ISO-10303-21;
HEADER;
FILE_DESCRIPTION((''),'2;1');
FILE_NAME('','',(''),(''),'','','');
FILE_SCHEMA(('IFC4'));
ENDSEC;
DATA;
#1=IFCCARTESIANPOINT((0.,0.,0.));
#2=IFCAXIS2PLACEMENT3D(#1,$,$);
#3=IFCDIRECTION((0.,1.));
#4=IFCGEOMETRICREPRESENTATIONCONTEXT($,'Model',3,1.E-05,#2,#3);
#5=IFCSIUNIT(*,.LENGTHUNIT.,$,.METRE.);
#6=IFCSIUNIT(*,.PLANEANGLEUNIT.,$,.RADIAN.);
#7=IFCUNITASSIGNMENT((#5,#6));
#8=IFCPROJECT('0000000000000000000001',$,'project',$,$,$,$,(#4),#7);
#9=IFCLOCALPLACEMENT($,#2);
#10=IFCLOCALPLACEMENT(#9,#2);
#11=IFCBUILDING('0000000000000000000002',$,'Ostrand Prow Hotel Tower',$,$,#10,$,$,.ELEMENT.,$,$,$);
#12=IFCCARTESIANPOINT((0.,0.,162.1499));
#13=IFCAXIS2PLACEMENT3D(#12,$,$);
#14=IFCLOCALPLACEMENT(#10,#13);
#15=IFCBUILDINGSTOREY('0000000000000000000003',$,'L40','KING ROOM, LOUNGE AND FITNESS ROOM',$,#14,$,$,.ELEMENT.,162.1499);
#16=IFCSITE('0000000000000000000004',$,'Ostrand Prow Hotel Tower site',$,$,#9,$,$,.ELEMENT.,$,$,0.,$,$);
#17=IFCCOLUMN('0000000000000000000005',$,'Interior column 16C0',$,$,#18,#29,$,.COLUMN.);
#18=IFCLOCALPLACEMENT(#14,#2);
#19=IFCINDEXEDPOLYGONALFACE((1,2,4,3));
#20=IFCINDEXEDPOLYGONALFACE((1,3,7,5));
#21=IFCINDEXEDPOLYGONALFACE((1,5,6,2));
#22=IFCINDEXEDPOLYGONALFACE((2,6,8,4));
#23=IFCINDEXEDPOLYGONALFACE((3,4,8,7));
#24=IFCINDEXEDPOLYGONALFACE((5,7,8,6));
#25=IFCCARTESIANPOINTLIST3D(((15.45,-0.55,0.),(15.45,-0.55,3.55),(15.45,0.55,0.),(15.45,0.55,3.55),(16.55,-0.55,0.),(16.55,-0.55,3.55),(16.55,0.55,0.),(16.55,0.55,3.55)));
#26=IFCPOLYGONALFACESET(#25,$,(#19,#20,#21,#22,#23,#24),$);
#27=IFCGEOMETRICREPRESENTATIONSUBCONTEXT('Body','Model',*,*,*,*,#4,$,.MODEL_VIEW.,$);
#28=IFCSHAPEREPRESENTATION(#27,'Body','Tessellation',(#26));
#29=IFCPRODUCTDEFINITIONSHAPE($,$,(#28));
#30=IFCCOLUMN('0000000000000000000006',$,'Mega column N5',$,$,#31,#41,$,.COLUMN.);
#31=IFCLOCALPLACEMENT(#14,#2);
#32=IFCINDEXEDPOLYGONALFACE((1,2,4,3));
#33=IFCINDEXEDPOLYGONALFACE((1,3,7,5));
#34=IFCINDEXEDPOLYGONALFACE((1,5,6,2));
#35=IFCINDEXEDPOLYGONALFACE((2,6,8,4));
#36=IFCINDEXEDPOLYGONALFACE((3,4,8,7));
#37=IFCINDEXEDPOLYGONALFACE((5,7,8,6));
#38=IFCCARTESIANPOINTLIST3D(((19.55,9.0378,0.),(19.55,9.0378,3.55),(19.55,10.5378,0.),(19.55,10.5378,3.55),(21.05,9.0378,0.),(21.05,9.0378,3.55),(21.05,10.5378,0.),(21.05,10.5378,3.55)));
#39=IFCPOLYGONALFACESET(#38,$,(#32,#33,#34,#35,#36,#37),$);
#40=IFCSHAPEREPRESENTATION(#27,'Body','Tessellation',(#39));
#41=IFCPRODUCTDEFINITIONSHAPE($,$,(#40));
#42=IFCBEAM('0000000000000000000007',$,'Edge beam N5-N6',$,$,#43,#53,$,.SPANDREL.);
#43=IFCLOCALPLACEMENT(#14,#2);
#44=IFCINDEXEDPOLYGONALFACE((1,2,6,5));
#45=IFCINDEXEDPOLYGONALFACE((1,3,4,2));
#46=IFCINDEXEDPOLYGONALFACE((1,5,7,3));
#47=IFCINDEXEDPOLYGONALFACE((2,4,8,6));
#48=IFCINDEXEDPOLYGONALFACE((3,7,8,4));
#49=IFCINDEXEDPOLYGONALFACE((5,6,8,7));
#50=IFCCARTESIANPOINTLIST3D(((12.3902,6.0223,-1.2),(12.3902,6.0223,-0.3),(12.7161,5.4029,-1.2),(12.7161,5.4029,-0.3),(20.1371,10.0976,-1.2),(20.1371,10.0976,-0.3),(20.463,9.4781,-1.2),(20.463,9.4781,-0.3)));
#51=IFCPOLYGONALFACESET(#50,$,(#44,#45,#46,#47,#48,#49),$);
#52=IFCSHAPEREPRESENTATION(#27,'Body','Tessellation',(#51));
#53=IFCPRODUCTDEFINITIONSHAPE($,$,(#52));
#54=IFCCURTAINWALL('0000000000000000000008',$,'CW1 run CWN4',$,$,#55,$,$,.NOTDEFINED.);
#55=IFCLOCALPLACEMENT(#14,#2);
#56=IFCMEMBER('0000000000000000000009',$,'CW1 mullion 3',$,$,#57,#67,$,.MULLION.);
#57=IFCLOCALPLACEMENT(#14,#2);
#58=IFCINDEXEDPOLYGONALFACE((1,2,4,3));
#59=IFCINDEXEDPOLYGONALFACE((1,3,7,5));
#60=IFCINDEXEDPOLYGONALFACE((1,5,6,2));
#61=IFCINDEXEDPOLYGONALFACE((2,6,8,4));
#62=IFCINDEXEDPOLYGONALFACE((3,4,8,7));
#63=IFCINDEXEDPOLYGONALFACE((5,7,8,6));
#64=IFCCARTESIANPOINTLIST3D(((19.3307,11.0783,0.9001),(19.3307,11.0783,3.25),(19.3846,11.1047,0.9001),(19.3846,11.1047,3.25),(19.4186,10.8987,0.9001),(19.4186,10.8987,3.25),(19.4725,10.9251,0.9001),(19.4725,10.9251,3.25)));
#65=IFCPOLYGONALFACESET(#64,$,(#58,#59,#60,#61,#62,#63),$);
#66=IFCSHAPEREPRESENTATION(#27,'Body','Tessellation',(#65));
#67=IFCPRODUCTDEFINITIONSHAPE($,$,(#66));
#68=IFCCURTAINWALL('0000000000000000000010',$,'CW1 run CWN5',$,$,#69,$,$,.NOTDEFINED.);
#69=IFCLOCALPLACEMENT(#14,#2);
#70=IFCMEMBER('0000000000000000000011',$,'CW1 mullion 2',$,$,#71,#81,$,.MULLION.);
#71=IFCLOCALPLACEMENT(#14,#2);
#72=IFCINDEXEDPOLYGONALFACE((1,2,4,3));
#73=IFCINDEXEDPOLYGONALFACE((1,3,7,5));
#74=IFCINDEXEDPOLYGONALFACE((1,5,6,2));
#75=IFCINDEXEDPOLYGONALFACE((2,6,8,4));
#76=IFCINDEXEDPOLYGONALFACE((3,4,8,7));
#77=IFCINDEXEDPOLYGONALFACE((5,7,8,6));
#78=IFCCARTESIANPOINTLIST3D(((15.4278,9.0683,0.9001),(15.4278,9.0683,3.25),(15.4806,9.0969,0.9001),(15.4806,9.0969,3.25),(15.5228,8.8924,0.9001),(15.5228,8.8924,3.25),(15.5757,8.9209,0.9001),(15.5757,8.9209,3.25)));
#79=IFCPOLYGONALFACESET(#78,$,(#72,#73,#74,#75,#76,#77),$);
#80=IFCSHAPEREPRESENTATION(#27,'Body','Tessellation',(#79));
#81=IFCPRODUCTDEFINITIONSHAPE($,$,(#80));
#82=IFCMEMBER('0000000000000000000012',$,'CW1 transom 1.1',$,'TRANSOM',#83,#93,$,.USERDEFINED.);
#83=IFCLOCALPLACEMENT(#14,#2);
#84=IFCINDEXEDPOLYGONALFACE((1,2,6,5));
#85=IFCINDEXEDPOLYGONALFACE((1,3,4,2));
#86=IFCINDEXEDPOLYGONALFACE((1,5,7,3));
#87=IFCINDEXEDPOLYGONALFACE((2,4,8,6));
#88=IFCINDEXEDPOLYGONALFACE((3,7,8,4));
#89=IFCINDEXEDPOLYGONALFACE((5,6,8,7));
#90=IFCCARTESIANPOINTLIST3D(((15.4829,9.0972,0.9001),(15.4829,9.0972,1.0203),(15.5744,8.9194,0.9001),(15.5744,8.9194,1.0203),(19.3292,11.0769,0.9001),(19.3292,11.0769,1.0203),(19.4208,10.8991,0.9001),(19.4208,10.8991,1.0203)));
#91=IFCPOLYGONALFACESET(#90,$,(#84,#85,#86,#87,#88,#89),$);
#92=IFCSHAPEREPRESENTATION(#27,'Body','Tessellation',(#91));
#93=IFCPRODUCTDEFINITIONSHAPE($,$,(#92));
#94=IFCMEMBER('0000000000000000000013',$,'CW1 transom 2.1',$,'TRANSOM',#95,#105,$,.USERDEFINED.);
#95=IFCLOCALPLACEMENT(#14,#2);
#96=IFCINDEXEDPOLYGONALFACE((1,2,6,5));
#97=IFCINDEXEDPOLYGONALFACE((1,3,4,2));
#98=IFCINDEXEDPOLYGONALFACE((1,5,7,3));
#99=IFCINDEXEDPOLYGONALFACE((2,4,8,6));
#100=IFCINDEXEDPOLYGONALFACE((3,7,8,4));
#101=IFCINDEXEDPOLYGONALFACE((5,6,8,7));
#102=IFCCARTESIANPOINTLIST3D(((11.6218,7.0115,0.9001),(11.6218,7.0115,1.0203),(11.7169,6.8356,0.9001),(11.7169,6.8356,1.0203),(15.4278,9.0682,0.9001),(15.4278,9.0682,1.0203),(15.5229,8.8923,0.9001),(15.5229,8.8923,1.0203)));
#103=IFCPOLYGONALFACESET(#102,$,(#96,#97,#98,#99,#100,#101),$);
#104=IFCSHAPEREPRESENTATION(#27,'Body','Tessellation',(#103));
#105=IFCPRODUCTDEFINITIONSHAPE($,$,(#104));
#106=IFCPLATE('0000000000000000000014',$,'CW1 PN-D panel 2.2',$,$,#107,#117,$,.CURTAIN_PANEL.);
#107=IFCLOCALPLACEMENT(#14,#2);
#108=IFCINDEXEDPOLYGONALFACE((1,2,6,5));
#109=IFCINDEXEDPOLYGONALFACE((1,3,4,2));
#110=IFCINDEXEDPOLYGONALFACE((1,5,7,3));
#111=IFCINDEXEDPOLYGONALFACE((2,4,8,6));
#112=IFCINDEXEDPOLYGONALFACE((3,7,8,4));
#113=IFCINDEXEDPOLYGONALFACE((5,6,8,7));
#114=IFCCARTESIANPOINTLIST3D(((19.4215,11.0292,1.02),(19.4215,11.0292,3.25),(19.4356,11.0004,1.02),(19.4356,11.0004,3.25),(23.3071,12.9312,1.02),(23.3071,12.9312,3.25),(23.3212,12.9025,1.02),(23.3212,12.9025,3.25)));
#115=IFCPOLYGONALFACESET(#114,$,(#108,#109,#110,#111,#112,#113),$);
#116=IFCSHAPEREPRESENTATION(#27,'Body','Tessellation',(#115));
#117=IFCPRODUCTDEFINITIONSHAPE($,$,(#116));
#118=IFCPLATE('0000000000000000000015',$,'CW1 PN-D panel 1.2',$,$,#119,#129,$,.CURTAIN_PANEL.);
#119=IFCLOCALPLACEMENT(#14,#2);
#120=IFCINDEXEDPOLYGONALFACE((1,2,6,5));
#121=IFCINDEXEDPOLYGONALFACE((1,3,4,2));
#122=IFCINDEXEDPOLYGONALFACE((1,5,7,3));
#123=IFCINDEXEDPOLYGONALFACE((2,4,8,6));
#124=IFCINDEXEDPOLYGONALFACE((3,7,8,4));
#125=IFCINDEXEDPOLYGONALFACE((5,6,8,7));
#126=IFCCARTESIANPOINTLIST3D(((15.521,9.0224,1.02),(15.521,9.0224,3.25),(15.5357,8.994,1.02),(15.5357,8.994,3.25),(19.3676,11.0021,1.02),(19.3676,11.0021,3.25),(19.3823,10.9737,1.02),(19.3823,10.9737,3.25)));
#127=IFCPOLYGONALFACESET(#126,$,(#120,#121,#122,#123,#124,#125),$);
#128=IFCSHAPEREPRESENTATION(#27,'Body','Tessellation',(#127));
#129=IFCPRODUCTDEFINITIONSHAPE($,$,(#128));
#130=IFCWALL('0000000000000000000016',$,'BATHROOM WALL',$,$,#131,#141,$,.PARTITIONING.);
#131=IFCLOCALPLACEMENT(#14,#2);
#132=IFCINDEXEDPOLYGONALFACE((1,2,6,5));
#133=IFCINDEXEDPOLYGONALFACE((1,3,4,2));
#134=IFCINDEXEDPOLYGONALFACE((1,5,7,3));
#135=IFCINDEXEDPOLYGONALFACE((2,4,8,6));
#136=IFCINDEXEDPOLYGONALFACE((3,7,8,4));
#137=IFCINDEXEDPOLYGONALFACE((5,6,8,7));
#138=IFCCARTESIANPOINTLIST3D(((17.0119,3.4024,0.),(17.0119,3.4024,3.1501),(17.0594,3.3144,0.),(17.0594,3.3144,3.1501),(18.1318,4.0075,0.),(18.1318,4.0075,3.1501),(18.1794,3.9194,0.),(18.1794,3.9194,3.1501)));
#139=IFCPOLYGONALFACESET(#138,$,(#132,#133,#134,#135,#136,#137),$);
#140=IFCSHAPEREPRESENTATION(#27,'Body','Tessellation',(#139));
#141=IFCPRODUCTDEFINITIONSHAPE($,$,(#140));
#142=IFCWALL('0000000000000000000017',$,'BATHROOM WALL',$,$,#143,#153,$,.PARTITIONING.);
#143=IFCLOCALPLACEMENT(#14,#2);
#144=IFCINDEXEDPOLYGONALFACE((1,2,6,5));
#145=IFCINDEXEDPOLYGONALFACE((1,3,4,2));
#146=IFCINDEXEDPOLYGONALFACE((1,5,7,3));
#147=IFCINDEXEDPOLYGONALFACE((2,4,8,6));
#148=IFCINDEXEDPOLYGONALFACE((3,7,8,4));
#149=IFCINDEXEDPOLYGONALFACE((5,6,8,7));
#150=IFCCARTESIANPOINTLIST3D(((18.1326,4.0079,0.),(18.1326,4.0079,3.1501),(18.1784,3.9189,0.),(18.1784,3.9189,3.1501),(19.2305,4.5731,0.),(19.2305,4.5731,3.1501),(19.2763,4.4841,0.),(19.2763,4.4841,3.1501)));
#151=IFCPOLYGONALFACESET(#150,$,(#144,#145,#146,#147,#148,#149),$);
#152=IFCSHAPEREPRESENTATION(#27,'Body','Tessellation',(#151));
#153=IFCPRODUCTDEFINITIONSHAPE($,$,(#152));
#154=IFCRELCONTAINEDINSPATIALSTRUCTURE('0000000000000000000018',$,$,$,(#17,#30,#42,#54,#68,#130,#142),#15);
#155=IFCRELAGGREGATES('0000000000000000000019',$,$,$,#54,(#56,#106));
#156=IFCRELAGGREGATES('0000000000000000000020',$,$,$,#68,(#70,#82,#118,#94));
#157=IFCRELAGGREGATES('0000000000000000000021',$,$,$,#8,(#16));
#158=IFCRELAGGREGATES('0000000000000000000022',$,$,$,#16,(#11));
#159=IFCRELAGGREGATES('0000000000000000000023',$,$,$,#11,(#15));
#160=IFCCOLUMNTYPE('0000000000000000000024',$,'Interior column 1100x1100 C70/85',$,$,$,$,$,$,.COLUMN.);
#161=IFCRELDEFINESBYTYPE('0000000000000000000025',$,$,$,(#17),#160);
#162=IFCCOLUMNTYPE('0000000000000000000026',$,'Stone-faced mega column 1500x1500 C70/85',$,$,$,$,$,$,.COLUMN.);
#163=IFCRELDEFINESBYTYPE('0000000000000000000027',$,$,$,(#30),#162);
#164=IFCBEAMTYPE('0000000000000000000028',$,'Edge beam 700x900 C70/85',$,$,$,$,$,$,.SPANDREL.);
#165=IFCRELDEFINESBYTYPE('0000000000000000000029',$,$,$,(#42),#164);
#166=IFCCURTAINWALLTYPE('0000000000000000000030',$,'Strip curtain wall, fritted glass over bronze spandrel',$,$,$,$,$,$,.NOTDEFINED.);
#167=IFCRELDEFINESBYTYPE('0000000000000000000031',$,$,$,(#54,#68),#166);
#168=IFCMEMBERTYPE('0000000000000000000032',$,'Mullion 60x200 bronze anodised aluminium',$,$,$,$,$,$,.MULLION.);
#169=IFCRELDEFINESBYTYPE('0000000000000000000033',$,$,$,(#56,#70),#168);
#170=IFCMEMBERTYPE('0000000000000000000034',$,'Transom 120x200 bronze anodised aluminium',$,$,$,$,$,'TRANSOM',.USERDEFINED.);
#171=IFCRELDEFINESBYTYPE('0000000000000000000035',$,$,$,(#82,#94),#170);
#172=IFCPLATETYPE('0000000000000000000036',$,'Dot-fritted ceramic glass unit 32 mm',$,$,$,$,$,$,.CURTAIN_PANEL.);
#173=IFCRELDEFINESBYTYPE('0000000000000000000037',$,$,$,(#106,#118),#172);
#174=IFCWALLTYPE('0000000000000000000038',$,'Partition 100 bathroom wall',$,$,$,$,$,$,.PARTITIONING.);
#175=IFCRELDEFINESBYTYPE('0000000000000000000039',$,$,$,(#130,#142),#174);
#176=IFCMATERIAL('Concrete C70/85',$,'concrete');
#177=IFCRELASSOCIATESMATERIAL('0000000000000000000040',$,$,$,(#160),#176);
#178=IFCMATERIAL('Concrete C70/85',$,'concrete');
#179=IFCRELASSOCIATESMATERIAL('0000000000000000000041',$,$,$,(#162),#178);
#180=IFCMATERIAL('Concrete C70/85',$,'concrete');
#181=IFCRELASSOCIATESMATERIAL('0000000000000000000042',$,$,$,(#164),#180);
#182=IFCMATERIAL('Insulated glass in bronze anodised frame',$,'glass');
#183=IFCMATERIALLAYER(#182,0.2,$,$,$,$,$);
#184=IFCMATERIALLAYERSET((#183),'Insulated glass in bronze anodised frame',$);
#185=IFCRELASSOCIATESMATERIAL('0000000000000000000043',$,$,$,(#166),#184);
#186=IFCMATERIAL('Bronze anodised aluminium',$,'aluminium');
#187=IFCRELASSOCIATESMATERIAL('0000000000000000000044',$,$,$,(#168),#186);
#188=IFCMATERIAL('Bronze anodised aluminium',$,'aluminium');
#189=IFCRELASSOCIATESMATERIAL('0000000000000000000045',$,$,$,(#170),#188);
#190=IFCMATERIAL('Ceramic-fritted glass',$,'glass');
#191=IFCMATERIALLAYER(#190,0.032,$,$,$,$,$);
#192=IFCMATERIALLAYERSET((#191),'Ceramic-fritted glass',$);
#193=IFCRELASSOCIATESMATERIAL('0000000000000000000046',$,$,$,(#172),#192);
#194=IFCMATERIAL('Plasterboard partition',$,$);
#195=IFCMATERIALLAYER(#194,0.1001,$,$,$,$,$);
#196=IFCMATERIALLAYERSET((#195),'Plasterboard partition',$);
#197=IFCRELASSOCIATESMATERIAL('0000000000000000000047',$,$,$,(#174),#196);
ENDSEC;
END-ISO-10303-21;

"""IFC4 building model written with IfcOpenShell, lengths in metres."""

from ifc_helpers import new_model, si_unit, direction, frame, frame_2d, origin, origin_2d, place, context, subcontext, project, spatial, rectangle, extrude, material, layer, layer_set, material_profile, profile_set, type_object, element, aggregate, save


model = new_model("IFC4")

# Units and contexts
model_context = context("Model", 3, precision=1e-05, world=origin(), true_north=direction((0.0, 1.0)))
body_context = subcontext(model_context, "Body", "Model", "MODEL_VIEW")
ifc_project = project(units=[si_unit("LENGTHUNIT", "METRE"), si_unit("PLANEANGLEUNIT", "RADIAN")], contexts=[model_context])

# Site, building, storey
site_placement = place(None, origin())
site = spatial("IfcSite", under=ifc_project, at=site_placement, Name="Ostrand Prow Hotel Tower site", CompositionType="ELEMENT", RefElevation=0.0)
building_placement = place(site_placement, origin())
building = spatial("IfcBuilding", under=site, at=building_placement, Name="Ostrand Prow Hotel Tower", CompositionType="ELEMENT")
storey_placement = place(building_placement, frame((0.0, 0.0, 162.1499)))
storey = spatial("IfcBuildingStorey", under=building, at=storey_placement, Name="L40", Description="KING ROOM, LOUNGE AND FITNESS ROOM", CompositionType="ELEMENT", Elevation=162.1499)

# Columns
ifc_material_1 = material(Name="Concrete C70/85", Category="concrete")
ifc_material_profile_1 = material_profile(ifc_material_1, rectangle(XDim=1.1001, YDim=1.1001, at=origin_2d()), Name="RC 1100x1100")
ifc_profile_set_1 = profile_set([ifc_material_profile_1], Name="Concrete C70/85")
column_type_1 = type_object("IfcColumnType", Name="Interior column 1100x1100 C70/85", PredefinedType="COLUMN", material=ifc_profile_set_1)
column_1_placement = place(storey_placement, frame((16.0, 0.0, 0.0), z_axis=(0.0, 0.0, 1.0), x_axis=(1.0, 0.0, 0.0)))
element("IfcColumn", 1, at=column_1_placement, inside=storey, type_object=column_type_1, Name="Interior column 16C0", PredefinedType="COLUMN", context=body_context, shape_type="SweptSolid", body=[
    extrude(rectangle(XDim=1.1001, YDim=1.1001, at=origin_2d()), origin(), (0.0, 0.0, 1.0), 3.55),
])
ifc_material_2 = material(Name="Concrete C70/85", Category="concrete")
ifc_material_profile_2 = material_profile(ifc_material_2, rectangle(XDim=1.5, YDim=1.5, at=origin_2d()), Name="RC 1500x1500")
ifc_profile_set_2 = profile_set([ifc_material_profile_2], Name="Concrete C70/85")
column_type_2 = type_object("IfcColumnType", Name="Stone-faced mega column 1500x1500 C70/85", PredefinedType="COLUMN", material=ifc_profile_set_2)
column_2_placement = place(storey_placement, frame((20.3, 9.7878, 0.0), z_axis=(0.0, 0.0, 1.0), x_axis=(1.0, 0.0, 0.0)))
element("IfcColumn", 2, at=column_2_placement, inside=storey, type_object=column_type_2, Name="Mega column N5", PredefinedType="COLUMN", context=body_context, shape_type="SweptSolid", body=[
    extrude(rectangle(XDim=1.5, YDim=1.5, at=origin_2d()), origin(), (0.0, 0.0, 1.0), 3.55),
])

# Beam
ifc_material_3 = material(Name="Concrete C70/85", Category="concrete")
ifc_material_profile_3 = material_profile(ifc_material_3, rectangle(XDim=0.7, YDim=0.8999, at=origin_2d()), Name="RC 700x900")
ifc_profile_set_3 = profile_set([ifc_material_profile_3], Name="Concrete C70/85")
beam_type = type_object("IfcBeamType", Name="Edge beam 700x900 C70/85", PredefinedType="SPANDREL", material=ifc_profile_set_3)
beam_placement = place(storey_placement, frame((20.3, 9.7878, -0.75), z_axis=(-0.885016, -0.46556, 0.0), x_axis=(0.46556, -0.885016, 0.0)))
element("IfcBeam", 3, at=beam_placement, inside=storey, type_object=beam_type, Name="Edge beam N5-N6", PredefinedType="SPANDREL", context=body_context, shape_type="SweptSolid", body=[
    extrude(rectangle(XDim=0.7, YDim=0.8999, at=origin_2d()), origin(), (0.0, 0.0, 1.0), 8.7534),
])

# Curtain wall, member
ifc_material_4 = material(Name="Insulated glass in bronze anodised frame", Category="glass")
ifc_layer_1 = layer(ifc_material_4, 0.2)
ifc_layer_set_1 = layer_set([ifc_layer_1], Name="Insulated glass in bronze anodised frame")
curtain_wall_type = type_object("IfcCurtainWallType", Name="Strip curtain wall, fritted glass over bronze spandrel", PredefinedType="NOTDEFINED", material=ifc_layer_set_1)
curtain_wall_1_placement = place(storey_placement, origin())
curtain_wall_1 = element("IfcCurtainWall", 4, at=curtain_wall_1_placement, inside=storey, type_object=curtain_wall_type, Name="CW1 run CWN4", PredefinedType="NOTDEFINED")
ifc_material_5 = material(Name="Bronze anodised aluminium", Category="aluminium")
ifc_material_profile_4 = material_profile(ifc_material_5, rectangle(XDim=0.2, YDim=0.0601, at=origin_2d()), Name="Mullion 60x200 bronze anodised aluminium")
ifc_profile_set_4 = profile_set([ifc_material_profile_4], Name="Bronze anodised aluminium")
member_type_1 = type_object("IfcMemberType", Name="Mullion 60x200 bronze anodised aluminium", PredefinedType="MULLION", material=ifc_profile_set_4)
member_1_placement = place(storey_placement, frame((19.4016, 11.0017, 0.9001), z_axis=(0.0, 0.0, 1.0), x_axis=(0.439659, -0.898165, 0.0)))
member_1 = element("IfcMember", 5, at=member_1_placement, type_object=member_type_1, Name="CW1 mullion 3", PredefinedType="MULLION", context=body_context, shape_type="SweptSolid", body=[
    extrude(rectangle(XDim=0.2, YDim=0.0601, at=origin_2d()), origin(), (0.0, 0.0, 1.0), 2.3499),
])

# Curtain wall, members
curtain_wall_2_placement = place(storey_placement, origin())
curtain_wall_2 = element("IfcCurtainWall", 6, at=curtain_wall_2_placement, inside=storey, type_object=curtain_wall_type, Name="CW1 run CWN5", PredefinedType="NOTDEFINED")
member_2_placement = place(storey_placement, frame((15.5017, 8.9946, 0.9001), z_axis=(0.0, 0.0, 1.0), x_axis=(0.475394, -0.879773, 0.0)))
member_2 = element("IfcMember", 7, at=member_2_placement, type_object=member_type_1, Name="CW1 mullion 2", PredefinedType="MULLION", context=body_context, shape_type="SweptSolid", body=[
    extrude(rectangle(XDim=0.2, YDim=0.0601, at=origin_2d()), origin(), (0.0, 0.0, 1.0), 2.3499),
])
ifc_material_6 = material(Name="Bronze anodised aluminium", Category="aluminium")
ifc_material_profile_5 = material_profile(ifc_material_6, rectangle(XDim=0.2, YDim=0.1201, at=origin_2d()), Name="Transom 120x200 bronze anodised aluminium")
ifc_profile_set_5 = profile_set([ifc_material_profile_5], Name="Bronze anodised aluminium")
member_type_2 = type_object("IfcMemberType", Name="Transom 120x200 bronze anodised aluminium", ElementType="TRANSOM", PredefinedType="USERDEFINED", material=ifc_profile_set_5)
member_3_placement = place(storey_placement, frame((19.375, 10.988, 0.9602), z_axis=(-0.88914, -0.457635, 0.0), x_axis=(0.457635, -0.88914, 0.0)))
member_3 = element("IfcMember", 8, at=member_3_placement, type_object=member_type_2, Name="CW1 transom 1.1", ObjectType="TRANSOM", PredefinedType="USERDEFINED", context=body_context, shape_type="SweptSolid", body=[
    extrude(rectangle(XDim=0.2, YDim=0.1201, at=origin_2d()), origin(), (0.0, 0.0, 1.0), 4.3259),
])
member_4_placement = place(storey_placement, frame((15.4753, 8.9802, 0.9602), z_axis=(-0.879765, -0.475408, 0.0), x_axis=(0.475408, -0.879765, 0.0)))
member_4 = element("IfcMember", 9, at=member_4_placement, type_object=member_type_2, Name="CW1 transom 2.1", ObjectType="TRANSOM", PredefinedType="USERDEFINED", context=body_context, shape_type="SweptSolid", body=[
    extrude(rectangle(XDim=0.2, YDim=0.1201, at=origin_2d()), origin(), (0.0, 0.0, 1.0), 4.3262),
])

# Plates
ifc_material_7 = material(Name="Ceramic-fritted glass", Category="glass")
ifc_layer_2 = layer(ifc_material_7, 0.032)
ifc_layer_set_2 = layer_set([ifc_layer_2], Name="Ceramic-fritted glass")
plate_type = type_object("IfcPlateType", Name="Dot-fritted ceramic glass unit 32 mm", PredefinedType="CURTAIN_PANEL", material=ifc_layer_set_2)
plate_1_placement = place(storey_placement, frame((21.3713, 11.9658, 1.02), z_axis=(0.0, 0.0, 1.0), x_axis=(-0.898165, -0.439659, 0.0)))
plate_1 = element("IfcPlate", 10, at=plate_1_placement, type_object=plate_type, Name="CW1 PN-D panel 2.2", PredefinedType="CURTAIN_PANEL", context=body_context, shape_type="SweptSolid", body=[
    extrude(rectangle(XDim=4.3262, YDim=0.032, at=origin_2d()), origin(), (0.0, 0.0, 1.0), 2.23),
])
aggregate(curtain_wall_1, [member_1, plate_1])
plate_2_placement = place(storey_placement, frame((17.4517, 9.998, 1.02), z_axis=(0.0, 0.0, 1.0), x_axis=(-0.889148, -0.457619, 0.0)))
plate_2 = element("IfcPlate", 11, at=plate_2_placement, type_object=plate_type, Name="CW1 PN-D panel 1.2", PredefinedType="CURTAIN_PANEL", context=body_context, shape_type="SweptSolid", body=[
    extrude(rectangle(XDim=4.3262, YDim=0.032, at=origin_2d()), origin(), (0.0, 0.0, 1.0), 2.23),
])
aggregate(curtain_wall_2, [member_2, member_3, plate_2, member_4])

# Walls
ifc_material_8 = material(Name="Plasterboard partition")
ifc_layer_3 = layer(ifc_material_8, 0.1001)
ifc_layer_set_3 = layer_set([ifc_layer_3], Name="Plasterboard partition")
wall_type_1 = type_object("IfcWallType", Name="Partition 100 bathroom wall", PredefinedType="PARTITIONING", material=ifc_layer_set_3)
wall_1_placement = place(storey_placement, frame((17.0356, 3.3584, 0.0), z_axis=(0.0, 0.0, 1.0), x_axis=(0.879824, 0.4753, 0.0)))
element("IfcWall", 12, at=wall_1_placement, inside=storey, type_object=wall_type_1, Name="BATHROOM WALL", PredefinedType="PARTITIONING", context=body_context, shape_type="SweptSolid", body=[
    extrude(rectangle(XDim=1.2729, YDim=0.1001, at=frame_2d((0.6365, 0.0))), origin(), (0.0, 0.0, 1.0), 3.1501),
])
wall_2_placement = place(storey_placement, frame((18.1555, 3.9634, 0.0), z_axis=(0.0, 0.0, 1.0), x_axis=(0.889106, 0.457701, 0.0)))
element("IfcWall", 13, at=wall_2_placement, inside=storey, type_object=wall_type_1, Name="BATHROOM WALL", PredefinedType="PARTITIONING", context=body_context, shape_type="SweptSolid", body=[
    extrude(rectangle(XDim=1.2349, YDim=0.1001, at=frame_2d((0.6174, 0.0))), origin(), (0.0, 0.0, 1.0), 3.1501),
])

save(model, "model.ifc")
